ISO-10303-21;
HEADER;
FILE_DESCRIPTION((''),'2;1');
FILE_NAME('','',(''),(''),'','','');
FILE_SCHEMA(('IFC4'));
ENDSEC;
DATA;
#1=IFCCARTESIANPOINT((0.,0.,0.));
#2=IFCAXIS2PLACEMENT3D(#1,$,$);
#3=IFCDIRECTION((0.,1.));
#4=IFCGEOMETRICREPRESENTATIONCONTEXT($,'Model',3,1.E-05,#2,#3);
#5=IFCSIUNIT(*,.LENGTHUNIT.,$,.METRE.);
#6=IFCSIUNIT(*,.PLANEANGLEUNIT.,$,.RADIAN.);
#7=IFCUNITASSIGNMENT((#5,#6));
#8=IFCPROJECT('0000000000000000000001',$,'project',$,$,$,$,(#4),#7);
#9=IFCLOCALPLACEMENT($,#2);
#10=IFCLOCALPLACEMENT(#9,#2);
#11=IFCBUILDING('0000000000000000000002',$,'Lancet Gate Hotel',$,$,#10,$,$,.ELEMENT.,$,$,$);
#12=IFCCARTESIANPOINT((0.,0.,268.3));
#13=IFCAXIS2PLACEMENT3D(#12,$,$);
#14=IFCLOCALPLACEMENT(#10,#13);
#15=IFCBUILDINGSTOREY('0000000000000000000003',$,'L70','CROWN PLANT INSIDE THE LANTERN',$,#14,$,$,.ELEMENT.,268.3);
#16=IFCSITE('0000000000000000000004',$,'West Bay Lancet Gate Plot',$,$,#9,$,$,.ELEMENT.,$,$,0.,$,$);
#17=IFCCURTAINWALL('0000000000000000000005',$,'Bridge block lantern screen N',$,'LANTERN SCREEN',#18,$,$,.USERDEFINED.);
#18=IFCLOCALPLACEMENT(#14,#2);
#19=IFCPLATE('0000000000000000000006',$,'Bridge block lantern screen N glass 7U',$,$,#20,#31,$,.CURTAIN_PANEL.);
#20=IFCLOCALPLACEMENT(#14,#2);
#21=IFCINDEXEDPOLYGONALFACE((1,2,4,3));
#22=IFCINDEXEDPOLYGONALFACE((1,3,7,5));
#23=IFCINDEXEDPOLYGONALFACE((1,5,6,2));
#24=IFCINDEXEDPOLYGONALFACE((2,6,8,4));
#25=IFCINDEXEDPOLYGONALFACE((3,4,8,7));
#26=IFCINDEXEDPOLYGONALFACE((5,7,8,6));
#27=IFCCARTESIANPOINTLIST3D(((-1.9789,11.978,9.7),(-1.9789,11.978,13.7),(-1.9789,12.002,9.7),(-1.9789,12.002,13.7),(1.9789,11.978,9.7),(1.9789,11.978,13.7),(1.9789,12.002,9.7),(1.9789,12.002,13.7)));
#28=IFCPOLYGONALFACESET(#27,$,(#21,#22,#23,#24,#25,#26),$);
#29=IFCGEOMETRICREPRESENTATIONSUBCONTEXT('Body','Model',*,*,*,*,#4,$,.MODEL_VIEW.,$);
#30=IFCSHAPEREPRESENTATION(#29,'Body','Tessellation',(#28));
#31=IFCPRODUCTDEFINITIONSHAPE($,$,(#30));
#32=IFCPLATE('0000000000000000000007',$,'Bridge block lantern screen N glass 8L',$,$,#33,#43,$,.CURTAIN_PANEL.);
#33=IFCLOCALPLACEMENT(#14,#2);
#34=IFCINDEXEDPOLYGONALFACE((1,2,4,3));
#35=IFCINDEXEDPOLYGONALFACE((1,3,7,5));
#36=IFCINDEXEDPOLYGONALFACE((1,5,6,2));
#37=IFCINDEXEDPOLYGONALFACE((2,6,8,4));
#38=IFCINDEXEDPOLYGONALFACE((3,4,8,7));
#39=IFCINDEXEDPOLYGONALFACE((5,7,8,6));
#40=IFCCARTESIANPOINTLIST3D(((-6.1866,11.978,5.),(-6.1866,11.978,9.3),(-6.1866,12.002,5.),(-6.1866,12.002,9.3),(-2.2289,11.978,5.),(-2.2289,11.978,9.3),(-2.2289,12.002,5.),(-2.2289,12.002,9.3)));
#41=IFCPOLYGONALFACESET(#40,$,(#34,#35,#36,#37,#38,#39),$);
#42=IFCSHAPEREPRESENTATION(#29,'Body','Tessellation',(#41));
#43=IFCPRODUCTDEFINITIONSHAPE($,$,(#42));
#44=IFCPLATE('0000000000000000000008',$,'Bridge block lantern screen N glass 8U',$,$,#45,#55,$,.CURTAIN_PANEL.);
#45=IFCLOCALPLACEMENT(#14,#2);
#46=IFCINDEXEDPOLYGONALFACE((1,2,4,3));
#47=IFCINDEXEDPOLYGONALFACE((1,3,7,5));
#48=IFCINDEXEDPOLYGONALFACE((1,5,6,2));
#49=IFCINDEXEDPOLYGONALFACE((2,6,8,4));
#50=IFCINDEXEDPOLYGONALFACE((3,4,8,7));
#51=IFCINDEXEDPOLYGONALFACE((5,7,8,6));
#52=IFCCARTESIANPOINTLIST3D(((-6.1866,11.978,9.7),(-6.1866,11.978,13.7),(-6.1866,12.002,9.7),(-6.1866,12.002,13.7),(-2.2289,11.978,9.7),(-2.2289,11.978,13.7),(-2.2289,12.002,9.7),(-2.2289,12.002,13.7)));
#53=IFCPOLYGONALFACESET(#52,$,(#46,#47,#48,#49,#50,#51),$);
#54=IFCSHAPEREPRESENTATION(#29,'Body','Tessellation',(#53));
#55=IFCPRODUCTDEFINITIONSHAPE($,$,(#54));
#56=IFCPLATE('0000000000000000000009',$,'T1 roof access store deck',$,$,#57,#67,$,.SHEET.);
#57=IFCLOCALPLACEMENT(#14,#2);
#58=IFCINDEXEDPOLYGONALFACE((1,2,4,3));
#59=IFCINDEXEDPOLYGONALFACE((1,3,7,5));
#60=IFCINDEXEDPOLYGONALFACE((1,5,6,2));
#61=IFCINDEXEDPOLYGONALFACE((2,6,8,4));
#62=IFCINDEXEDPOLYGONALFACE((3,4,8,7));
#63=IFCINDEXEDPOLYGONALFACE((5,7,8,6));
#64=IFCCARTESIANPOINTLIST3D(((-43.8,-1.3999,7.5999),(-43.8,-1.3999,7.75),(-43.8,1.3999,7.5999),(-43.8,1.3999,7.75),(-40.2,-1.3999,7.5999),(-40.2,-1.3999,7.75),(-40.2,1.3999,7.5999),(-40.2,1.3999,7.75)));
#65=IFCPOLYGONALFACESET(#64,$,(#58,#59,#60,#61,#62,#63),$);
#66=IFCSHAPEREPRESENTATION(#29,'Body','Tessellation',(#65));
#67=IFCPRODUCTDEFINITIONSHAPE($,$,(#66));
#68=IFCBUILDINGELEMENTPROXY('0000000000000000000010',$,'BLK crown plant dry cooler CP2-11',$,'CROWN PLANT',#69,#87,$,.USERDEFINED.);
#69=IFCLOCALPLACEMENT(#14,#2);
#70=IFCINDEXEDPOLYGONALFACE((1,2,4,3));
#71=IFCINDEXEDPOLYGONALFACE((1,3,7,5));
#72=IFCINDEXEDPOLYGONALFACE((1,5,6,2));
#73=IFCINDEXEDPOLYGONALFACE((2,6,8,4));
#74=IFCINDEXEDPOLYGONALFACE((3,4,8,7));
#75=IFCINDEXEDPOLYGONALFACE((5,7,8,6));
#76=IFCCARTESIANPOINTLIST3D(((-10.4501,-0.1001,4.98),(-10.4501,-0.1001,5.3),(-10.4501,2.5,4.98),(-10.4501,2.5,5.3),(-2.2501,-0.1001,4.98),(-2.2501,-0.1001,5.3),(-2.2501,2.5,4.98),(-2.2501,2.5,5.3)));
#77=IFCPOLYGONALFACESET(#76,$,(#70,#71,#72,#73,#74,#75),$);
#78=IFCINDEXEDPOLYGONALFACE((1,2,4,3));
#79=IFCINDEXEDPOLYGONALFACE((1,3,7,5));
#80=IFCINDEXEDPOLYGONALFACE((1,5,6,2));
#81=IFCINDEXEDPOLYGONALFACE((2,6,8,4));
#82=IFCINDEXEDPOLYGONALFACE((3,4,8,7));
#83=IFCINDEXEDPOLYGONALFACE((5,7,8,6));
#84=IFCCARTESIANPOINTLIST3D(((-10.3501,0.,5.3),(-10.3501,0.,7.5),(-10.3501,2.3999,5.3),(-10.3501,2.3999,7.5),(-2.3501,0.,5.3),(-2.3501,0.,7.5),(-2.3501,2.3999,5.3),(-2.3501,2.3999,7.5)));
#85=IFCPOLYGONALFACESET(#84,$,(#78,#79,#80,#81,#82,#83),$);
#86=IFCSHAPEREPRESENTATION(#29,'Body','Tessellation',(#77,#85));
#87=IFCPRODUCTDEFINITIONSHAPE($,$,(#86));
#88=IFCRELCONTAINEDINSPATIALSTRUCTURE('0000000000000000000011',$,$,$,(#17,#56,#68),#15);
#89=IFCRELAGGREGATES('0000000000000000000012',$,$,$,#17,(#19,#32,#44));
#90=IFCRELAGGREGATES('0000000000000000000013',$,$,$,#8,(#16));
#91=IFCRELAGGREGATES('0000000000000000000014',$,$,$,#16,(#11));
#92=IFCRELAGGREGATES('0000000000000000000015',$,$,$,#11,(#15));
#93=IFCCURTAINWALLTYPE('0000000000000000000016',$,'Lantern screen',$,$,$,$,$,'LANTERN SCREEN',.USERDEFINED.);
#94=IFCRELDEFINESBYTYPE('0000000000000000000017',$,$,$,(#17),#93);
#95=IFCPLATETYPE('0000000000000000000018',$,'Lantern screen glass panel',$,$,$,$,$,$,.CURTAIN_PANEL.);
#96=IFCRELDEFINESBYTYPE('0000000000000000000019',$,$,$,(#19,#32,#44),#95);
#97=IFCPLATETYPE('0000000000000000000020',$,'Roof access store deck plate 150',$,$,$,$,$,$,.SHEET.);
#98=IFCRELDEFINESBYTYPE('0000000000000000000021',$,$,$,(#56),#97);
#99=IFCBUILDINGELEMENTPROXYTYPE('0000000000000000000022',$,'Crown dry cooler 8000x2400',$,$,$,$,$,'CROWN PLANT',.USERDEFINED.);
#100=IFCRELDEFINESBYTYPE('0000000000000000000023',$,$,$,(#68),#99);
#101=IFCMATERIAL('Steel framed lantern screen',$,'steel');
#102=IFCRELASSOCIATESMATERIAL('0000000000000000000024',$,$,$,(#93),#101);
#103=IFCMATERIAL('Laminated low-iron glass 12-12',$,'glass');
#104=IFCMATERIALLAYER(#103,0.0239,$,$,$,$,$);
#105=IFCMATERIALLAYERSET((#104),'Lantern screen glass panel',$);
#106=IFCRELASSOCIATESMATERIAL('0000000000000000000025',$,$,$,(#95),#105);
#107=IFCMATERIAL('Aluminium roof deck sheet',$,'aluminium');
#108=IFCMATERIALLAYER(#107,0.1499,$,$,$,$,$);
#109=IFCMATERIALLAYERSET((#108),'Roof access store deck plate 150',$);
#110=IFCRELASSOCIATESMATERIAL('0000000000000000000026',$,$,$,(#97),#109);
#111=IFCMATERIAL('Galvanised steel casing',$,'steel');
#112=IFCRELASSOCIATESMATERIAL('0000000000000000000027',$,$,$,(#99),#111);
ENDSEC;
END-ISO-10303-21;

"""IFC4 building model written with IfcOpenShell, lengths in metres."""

from ifc_helpers import new_model, si_unit, direction, frame, origin, origin_with_axes, origin_2d, place, context, subcontext, project, spatial, polyline, rectangle, outline, extrude, material, layer, layer_set, type_object, element, aggregate, save


model = new_model("IFC4")

# Units and contexts
model_context = context("Model", 3, precision=1e-05, world=origin(), true_north=direction((0.0, 1.0)))
body_context = subcontext(model_context, "Body", "Model", "MODEL_VIEW")
ifc_project = project(units=[si_unit("LENGTHUNIT", "METRE"), si_unit("PLANEANGLEUNIT", "RADIAN")], contexts=[model_context])

# Site, building, storey
site_placement = place(None, origin())
site = spatial("IfcSite", under=ifc_project, at=site_placement, Name="West Bay Lancet Gate Plot", CompositionType="ELEMENT", RefElevation=0.0)
building_placement = place(site_placement, origin())
building = spatial("IfcBuilding", under=site, at=building_placement, Name="Lancet Gate Hotel", CompositionType="ELEMENT")
storey_placement = place(building_placement, frame((0.0, 0.0, 268.3)))
storey = spatial("IfcBuildingStorey", under=building, at=storey_placement, Name="L70", Description="CROWN PLANT INSIDE THE LANTERN", CompositionType="ELEMENT", Elevation=268.3)

# Curtain wall
ifc_material_1 = material(Name="Steel framed lantern screen", Category="steel")
curtain_wall_type_1 = type_object("IfcCurtainWallType", Name="Lantern screen", ElementType="LANTERN SCREEN", PredefinedType="USERDEFINED", material=ifc_material_1)
curtain_wall_1_placement = place(storey_placement, origin())
curtain_wall_1 = element("IfcCurtainWall", 1, at=curtain_wall_1_placement, inside=storey, type_object=curtain_wall_type_1, Name="Bridge block lantern screen N", ObjectType="LANTERN SCREEN", PredefinedType="USERDEFINED")

# Plates
ifc_material_2 = material(Name="Laminated low-iron glass 12-12", Category="glass")
ifc_layer_1 = layer(ifc_material_2, 0.0239)
ifc_layer_set_1 = layer_set([ifc_layer_1], Name="Lantern screen glass panel")
plate_type_1 = type_object("IfcPlateType", Name="Lantern screen glass panel", PredefinedType="CURTAIN_PANEL", material=ifc_layer_set_1)
plate_1_placement = place(storey_placement, frame((0.0, 11.99, 9.7), z_axis=(0.0, 0.0, 1.0), x_axis=(-1.0, 0.0, 0.0)))
plate_1 = element("IfcPlate", 2, at=plate_1_placement, type_object=plate_type_1, Name="Bridge block lantern screen N glass 7U", PredefinedType="CURTAIN_PANEL", context=body_context, shape_type="SweptSolid", body=[
    extrude(rectangle(XDim=3.9578, YDim=0.0239, at=origin_2d()), origin(), (0.0, 0.0, 1.0), 4.0),
])
plate_2_placement = place(storey_placement, frame((-4.2078, 11.99, 5.0), z_axis=(0.0, 0.0, 1.0), x_axis=(-1.0, 0.0, 0.0)))
plate_2 = element("IfcPlate", 3, at=plate_2_placement, type_object=plate_type_1, Name="Bridge block lantern screen N glass 8L", PredefinedType="CURTAIN_PANEL", context=body_context, shape_type="SweptSolid", body=[
    extrude(rectangle(XDim=3.9578, YDim=0.0239, at=origin_2d()), origin(), (0.0, 0.0, 1.0), 4.3),
])
plate_3_placement = place(storey_placement, frame((-4.2078, 11.99, 9.7), z_axis=(0.0, 0.0, 1.0), x_axis=(-1.0, 0.0, 0.0)))
plate_3 = element("IfcPlate", 4, at=plate_3_placement, type_object=plate_type_1, Name="Bridge block lantern screen N glass 8U", PredefinedType="CURTAIN_PANEL", context=body_context, shape_type="SweptSolid", body=[
    extrude(rectangle(XDim=3.9578, YDim=0.0239, at=origin_2d()), origin(), (0.0, 0.0, 1.0), 4.0),
])
aggregate(curtain_wall_1, [plate_1, plate_2, plate_3])
ifc_material_3 = material(Name="Aluminium roof deck sheet", Category="aluminium")
ifc_layer_2 = layer(ifc_material_3, 0.1499)
ifc_layer_set_2 = layer_set([ifc_layer_2], Name="Roof access store deck plate 150")
plate_type_2 = type_object("IfcPlateType", Name="Roof access store deck plate 150", PredefinedType="SHEET", material=ifc_layer_set_2)
plate_4_placement = place(storey_placement, frame((0.0, 0.0, 7.5999)))
element("IfcPlate", 5, at=plate_4_placement, inside=storey, type_object=plate_type_2, Name="T1 roof access store deck", PredefinedType="SHEET", context=body_context, shape_type="SweptSolid", body=[
    extrude(outline(polyline([(-40.2, -1.3999), (-40.2, 1.3999), (-43.8, 1.3999), (-43.8, -1.3999), (-40.2, -1.3999)])), origin(), (0.0, 0.0, 1.0), 0.1501),
])

# Building element proxy
ifc_material_4 = material(Name="Galvanised steel casing", Category="steel")
building_element_proxy_type = type_object("IfcBuildingElementProxyType", Name="Crown dry cooler 8000x2400", ElementType="CROWN PLANT", PredefinedType="USERDEFINED", material=ifc_material_4)
proxy_placement = place(storey_placement, frame((-6.3501, 1.2, 4.98), z_axis=(0.0, 0.0, 1.0), x_axis=(1.0, 0.0, 0.0)))
element("IfcBuildingElementProxy", 6, at=proxy_placement, inside=storey, type_object=building_element_proxy_type, Name="BLK crown plant dry cooler CP2-11", ObjectType="CROWN PLANT", PredefinedType="USERDEFINED", context=body_context, shape_type="SweptSolid", body=[
    extrude(rectangle(XDim=8.2, YDim=2.6001, at=origin_2d()), origin_with_axes(), (0.0, 0.0, 1.0), 0.3201),
    extrude(rectangle(XDim=8.0, YDim=2.3999, at=origin_2d()), frame((0.0, 0.0, 0.3201), z_axis=(0.0, 0.0, 1.0), x_axis=(1.0, 0.0, 0.0)), (0.0, 0.0, 1.0), 2.2),
])

save(model, "model.ifc")
